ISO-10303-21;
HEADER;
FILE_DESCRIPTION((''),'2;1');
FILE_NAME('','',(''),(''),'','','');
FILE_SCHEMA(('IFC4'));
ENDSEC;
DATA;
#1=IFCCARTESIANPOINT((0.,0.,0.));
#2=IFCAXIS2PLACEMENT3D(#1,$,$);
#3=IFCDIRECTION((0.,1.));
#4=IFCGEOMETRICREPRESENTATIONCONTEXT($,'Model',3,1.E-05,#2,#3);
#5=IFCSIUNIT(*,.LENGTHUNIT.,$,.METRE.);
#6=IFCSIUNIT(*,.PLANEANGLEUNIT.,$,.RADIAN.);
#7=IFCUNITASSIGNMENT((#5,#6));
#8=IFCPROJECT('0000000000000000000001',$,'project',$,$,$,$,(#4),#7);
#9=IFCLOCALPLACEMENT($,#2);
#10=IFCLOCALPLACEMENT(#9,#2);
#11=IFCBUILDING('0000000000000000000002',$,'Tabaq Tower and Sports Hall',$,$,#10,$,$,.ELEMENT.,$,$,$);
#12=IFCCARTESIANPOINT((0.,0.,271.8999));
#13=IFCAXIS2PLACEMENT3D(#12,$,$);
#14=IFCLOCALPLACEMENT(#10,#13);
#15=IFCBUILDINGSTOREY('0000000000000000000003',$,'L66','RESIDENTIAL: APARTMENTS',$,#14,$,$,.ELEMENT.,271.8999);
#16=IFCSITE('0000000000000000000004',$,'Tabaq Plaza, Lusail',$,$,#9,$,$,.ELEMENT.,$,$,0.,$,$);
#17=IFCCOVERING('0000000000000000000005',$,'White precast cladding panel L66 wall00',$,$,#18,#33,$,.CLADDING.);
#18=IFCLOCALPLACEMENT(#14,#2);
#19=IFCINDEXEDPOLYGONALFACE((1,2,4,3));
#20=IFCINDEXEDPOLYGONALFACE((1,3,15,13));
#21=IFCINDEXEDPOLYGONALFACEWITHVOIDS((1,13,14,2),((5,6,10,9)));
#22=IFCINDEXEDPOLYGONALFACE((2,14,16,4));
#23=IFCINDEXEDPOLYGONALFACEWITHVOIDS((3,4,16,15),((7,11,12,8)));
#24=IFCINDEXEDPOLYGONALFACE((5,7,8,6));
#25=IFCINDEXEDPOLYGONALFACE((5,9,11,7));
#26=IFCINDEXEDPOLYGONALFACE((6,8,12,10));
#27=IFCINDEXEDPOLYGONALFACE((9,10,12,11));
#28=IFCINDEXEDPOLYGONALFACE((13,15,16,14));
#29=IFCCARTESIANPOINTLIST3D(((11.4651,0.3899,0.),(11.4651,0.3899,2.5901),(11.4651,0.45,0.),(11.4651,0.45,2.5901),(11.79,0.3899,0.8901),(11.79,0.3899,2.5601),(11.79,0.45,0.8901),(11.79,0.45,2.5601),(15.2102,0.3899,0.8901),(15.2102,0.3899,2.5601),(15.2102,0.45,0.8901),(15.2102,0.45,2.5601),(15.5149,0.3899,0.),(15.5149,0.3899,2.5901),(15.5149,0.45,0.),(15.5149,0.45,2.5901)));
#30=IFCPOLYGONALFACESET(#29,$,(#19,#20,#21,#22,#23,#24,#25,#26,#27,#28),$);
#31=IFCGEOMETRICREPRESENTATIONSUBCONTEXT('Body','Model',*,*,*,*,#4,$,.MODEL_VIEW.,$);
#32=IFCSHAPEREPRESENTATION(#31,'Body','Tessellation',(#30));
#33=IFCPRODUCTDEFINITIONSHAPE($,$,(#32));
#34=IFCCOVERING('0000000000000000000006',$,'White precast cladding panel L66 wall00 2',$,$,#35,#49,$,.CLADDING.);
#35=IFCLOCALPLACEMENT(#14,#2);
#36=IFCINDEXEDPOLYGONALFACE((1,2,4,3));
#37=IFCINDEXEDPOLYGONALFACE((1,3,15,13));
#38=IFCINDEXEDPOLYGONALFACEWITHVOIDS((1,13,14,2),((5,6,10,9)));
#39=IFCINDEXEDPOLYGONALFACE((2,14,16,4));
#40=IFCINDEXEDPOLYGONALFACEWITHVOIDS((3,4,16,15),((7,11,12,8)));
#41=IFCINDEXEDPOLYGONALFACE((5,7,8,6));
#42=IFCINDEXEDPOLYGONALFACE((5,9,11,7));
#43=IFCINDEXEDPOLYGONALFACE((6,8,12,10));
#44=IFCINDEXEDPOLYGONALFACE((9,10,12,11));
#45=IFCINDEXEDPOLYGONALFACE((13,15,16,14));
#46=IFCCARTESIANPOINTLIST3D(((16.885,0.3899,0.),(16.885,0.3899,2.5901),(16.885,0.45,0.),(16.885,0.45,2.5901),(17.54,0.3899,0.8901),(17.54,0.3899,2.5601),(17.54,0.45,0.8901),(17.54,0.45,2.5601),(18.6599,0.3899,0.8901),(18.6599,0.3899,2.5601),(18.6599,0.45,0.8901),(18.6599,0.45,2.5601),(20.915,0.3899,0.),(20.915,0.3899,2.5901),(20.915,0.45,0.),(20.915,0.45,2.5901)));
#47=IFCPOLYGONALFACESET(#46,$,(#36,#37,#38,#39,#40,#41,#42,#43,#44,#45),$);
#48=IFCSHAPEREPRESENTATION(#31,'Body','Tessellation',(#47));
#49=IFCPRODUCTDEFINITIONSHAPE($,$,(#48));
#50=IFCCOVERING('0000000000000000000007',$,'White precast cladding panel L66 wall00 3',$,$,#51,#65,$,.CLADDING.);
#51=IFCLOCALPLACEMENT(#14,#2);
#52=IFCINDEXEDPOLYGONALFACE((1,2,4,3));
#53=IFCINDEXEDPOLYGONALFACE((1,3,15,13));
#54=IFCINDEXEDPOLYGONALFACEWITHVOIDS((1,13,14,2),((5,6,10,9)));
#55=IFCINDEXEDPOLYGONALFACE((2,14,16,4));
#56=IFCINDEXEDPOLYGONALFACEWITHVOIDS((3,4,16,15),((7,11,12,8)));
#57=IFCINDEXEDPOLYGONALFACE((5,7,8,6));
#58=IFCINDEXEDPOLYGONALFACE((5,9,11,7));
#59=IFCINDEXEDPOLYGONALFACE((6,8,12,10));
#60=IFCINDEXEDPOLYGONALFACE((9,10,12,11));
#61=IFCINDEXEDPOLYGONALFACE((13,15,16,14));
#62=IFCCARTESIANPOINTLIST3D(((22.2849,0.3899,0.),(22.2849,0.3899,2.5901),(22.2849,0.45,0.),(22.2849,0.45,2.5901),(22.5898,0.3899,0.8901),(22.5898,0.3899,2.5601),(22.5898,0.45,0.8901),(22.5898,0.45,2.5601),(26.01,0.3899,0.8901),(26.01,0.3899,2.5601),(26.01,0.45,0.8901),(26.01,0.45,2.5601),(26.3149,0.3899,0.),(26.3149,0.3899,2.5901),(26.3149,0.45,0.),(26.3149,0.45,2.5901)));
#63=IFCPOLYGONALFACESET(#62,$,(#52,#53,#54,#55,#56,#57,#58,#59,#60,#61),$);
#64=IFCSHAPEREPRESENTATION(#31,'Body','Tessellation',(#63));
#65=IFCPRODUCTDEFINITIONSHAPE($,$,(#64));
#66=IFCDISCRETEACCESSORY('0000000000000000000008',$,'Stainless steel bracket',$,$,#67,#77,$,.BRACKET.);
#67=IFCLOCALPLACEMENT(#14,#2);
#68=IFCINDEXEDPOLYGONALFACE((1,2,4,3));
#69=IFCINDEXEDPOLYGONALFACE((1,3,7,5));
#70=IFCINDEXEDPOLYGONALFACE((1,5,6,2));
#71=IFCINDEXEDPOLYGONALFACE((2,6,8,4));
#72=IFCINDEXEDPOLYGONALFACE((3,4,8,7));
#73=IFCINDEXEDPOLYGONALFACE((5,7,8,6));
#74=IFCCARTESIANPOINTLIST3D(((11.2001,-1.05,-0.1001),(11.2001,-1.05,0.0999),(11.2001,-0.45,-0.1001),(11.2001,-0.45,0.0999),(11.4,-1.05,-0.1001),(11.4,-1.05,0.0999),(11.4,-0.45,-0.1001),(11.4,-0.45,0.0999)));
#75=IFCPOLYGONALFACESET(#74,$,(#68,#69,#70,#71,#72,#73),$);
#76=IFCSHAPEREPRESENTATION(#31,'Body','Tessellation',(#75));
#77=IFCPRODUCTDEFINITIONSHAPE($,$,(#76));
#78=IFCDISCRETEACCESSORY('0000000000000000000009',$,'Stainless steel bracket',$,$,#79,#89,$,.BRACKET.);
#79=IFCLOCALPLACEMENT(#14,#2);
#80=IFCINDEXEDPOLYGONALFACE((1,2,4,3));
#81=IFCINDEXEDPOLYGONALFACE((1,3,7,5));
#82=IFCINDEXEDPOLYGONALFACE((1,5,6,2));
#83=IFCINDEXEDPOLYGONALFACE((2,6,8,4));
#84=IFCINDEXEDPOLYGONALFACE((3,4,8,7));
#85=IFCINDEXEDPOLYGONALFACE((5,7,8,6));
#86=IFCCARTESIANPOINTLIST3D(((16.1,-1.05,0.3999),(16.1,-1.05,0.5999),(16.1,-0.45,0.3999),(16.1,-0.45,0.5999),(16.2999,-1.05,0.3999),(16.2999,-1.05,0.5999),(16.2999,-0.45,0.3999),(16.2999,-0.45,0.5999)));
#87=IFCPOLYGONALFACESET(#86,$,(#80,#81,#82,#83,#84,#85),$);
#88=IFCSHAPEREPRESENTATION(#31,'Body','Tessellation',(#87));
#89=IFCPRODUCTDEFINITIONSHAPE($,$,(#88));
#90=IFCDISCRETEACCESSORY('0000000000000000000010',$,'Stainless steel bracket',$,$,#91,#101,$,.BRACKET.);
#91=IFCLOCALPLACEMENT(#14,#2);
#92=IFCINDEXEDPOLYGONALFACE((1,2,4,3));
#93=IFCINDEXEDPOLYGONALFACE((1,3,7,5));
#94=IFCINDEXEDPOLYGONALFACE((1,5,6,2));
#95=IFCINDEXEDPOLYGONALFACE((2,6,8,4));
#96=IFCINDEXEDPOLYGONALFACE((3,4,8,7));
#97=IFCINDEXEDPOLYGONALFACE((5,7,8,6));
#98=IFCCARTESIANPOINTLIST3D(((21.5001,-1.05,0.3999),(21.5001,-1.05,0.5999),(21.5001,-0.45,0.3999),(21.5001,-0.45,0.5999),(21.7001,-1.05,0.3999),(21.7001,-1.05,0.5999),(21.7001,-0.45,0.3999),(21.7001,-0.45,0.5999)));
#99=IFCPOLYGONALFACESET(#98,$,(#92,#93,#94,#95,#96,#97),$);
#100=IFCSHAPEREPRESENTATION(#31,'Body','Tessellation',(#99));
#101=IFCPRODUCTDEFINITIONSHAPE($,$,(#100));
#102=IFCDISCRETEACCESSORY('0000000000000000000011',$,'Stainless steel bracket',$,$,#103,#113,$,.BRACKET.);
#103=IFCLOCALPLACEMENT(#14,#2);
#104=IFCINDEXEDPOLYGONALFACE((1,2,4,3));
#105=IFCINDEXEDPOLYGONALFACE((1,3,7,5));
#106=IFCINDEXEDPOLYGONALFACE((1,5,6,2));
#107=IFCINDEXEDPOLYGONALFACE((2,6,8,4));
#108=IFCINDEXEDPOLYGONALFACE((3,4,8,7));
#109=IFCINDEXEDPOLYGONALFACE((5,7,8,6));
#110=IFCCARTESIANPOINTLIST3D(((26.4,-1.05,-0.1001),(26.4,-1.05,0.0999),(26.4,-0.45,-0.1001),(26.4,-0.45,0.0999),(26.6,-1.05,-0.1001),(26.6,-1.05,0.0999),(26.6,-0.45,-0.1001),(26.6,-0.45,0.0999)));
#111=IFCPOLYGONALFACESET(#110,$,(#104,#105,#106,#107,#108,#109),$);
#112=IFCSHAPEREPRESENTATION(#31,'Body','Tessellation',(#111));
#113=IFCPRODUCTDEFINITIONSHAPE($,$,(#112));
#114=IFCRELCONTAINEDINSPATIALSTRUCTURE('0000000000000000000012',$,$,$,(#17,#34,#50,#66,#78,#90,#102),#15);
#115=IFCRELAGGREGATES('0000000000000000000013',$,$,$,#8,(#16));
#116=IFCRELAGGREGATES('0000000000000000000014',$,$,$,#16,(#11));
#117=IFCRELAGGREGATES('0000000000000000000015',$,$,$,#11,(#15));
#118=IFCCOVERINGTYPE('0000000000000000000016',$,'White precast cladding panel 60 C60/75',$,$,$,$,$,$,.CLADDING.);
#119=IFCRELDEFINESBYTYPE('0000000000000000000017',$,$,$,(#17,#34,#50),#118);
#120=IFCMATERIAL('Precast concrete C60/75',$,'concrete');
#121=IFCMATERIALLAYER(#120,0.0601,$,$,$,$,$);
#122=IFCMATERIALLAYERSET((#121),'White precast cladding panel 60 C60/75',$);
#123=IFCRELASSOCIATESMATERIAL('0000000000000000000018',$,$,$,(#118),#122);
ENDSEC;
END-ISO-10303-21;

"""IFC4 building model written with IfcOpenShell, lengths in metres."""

from ifc_helpers import new_model, si_unit, direction, frame, origin, origin_2d, place, context, subcontext, project, spatial, polyline, rectangle, outline, extrude, material, layer, layer_set, type_object, element, save


model = new_model("IFC4")

# Units and contexts
model_context = context("Model", 3, precision=1e-05, world=origin(), true_north=direction((0.0, 1.0)))
body_context = subcontext(model_context, "Body", "Model", "MODEL_VIEW")
ifc_project = project(units=[si_unit("LENGTHUNIT", "METRE"), si_unit("PLANEANGLEUNIT", "RADIAN")], contexts=[model_context])

# Site, building, storey
site_placement = place(None, origin())
site = spatial("IfcSite", under=ifc_project, at=site_placement, Name="Tabaq Plaza, Lusail", CompositionType="ELEMENT", RefElevation=0.0)
building_placement = place(site_placement, origin())
building = spatial("IfcBuilding", under=site, at=building_placement, Name="Tabaq Tower and Sports Hall", CompositionType="ELEMENT")
storey_placement = place(building_placement, frame((0.0, 0.0, 271.8999)))
storey = spatial("IfcBuildingStorey", under=building, at=storey_placement, Name="L66", Description="RESIDENTIAL: APARTMENTS", CompositionType="ELEMENT", Elevation=271.8999)

# Coverings
ifc_material_1 = material(Name="Precast concrete C60/75", Category="concrete")
ifc_layer_1 = layer(ifc_material_1, 0.0601)
ifc_layer_set_1 = layer_set([ifc_layer_1], Name="White precast cladding panel 60 C60/75")
covering_type_1 = type_object("IfcCoveringType", Name="White precast cladding panel 60 C60/75", PredefinedType="CLADDING", material=ifc_layer_set_1)
covering_1_placement = place(storey_placement, frame((11.4651, 0.4199, 0.0), z_axis=(0.0, 0.0, 1.0), x_axis=(1.0, 0.0, 0.0)))
element("IfcCovering", 1, at=covering_1_placement, inside=storey, type_object=covering_type_1, Name="White precast cladding panel L66 wall00", PredefinedType="CLADDING", context=body_context, shape_type="SweptSolid", body=[
    extrude(outline(polyline([(0.0, 0.0), (4.0498, 0.0), (4.0498, 2.5901), (0.0, 2.5901), (0.0, 0.0)]), holes=[polyline([(3.7451, 0.8901), (0.325, 0.8901), (0.325, 2.5601), (3.7451, 2.5601), (3.7451, 0.8901)])]), frame((0.0, 0.03, 0.0), z_axis=(0.0, -1.0, 0.0), x_axis=(1.0, 0.0, 0.0)), (0.0, 0.0, 1.0), 0.0601),
])
covering_2_placement = place(storey_placement, frame((16.885, 0.4199, 0.0), z_axis=(0.0, 0.0, 1.0), x_axis=(1.0, 0.0, 0.0)))
element("IfcCovering", 2, at=covering_2_placement, inside=storey, type_object=covering_type_1, Name="White precast cladding panel L66 wall00 2", PredefinedType="CLADDING", context=body_context, shape_type="SweptSolid", body=[
    extrude(outline(polyline([(0.0, 0.0), (4.03, 0.0), (4.03, 2.5901), (0.0, 2.5901), (0.0, 0.0)]), holes=[polyline([(1.7749, 0.8901), (0.655, 0.8901), (0.655, 2.5601), (1.7749, 2.5601), (1.7749, 0.8901)])]), frame((0.0, 0.03, 0.0), z_axis=(0.0, -1.0, 0.0), x_axis=(1.0, 0.0, 0.0)), (0.0, 0.0, 1.0), 0.0601),
])
covering_3_placement = place(storey_placement, frame((22.2849, 0.4199, 0.0), z_axis=(0.0, 0.0, 1.0), x_axis=(1.0, 0.0, 0.0)))
element("IfcCovering", 3, at=covering_3_placement, inside=storey, type_object=covering_type_1, Name="White precast cladding panel L66 wall00 3", PredefinedType="CLADDING", context=body_context, shape_type="SweptSolid", body=[
    extrude(outline(polyline([(0.0, 0.0), (4.03, 0.0), (4.03, 2.5901), (0.0, 2.5901), (0.0, 0.0)]), holes=[polyline([(3.7251, 0.8901), (0.3049, 0.8901), (0.3049, 2.5601), (3.7251, 2.5601), (3.7251, 0.8901)])]), frame((0.0, 0.03, 0.0), z_axis=(0.0, -1.0, 0.0), x_axis=(1.0, 0.0, 0.0)), (0.0, 0.0, 1.0), 0.0601),
])

# Discrete accessories
for number, where, z_axis, x_axis, name in (
    (4, (11.3, -0.75, -0.1001), (0.0, 0.0, 1.0), (0.0, -1.0, 0.0), "Stainless steel bracket"),
    (5, (16.2, -0.75, 0.3999), (0.0, 0.0, 1.0), (0.0, -1.0, 0.0), "Stainless steel bracket"),
    (6, (21.6001, -0.75, 0.3999), (0.0, 0.0, 1.0), (0.0, -1.0, 0.0), "Stainless steel bracket"),
    (7, (26.5, -0.75, -0.1001), (0.0, 0.0, 1.0), (0.0, -1.0, 0.0), "Stainless steel bracket"),
):
    element("IfcDiscreteAccessory", number, at=place(storey_placement, frame(where, z_axis=z_axis, x_axis=x_axis)), inside=storey, Name=name, PredefinedType="BRACKET", context=body_context, shape_type="SweptSolid", body=[
        extrude(rectangle(XDim=0.6001, YDim=0.2, at=origin_2d()), origin(), (0.0, 0.0, 1.0), 0.2),
    ])

save(model, "model.ifc")
